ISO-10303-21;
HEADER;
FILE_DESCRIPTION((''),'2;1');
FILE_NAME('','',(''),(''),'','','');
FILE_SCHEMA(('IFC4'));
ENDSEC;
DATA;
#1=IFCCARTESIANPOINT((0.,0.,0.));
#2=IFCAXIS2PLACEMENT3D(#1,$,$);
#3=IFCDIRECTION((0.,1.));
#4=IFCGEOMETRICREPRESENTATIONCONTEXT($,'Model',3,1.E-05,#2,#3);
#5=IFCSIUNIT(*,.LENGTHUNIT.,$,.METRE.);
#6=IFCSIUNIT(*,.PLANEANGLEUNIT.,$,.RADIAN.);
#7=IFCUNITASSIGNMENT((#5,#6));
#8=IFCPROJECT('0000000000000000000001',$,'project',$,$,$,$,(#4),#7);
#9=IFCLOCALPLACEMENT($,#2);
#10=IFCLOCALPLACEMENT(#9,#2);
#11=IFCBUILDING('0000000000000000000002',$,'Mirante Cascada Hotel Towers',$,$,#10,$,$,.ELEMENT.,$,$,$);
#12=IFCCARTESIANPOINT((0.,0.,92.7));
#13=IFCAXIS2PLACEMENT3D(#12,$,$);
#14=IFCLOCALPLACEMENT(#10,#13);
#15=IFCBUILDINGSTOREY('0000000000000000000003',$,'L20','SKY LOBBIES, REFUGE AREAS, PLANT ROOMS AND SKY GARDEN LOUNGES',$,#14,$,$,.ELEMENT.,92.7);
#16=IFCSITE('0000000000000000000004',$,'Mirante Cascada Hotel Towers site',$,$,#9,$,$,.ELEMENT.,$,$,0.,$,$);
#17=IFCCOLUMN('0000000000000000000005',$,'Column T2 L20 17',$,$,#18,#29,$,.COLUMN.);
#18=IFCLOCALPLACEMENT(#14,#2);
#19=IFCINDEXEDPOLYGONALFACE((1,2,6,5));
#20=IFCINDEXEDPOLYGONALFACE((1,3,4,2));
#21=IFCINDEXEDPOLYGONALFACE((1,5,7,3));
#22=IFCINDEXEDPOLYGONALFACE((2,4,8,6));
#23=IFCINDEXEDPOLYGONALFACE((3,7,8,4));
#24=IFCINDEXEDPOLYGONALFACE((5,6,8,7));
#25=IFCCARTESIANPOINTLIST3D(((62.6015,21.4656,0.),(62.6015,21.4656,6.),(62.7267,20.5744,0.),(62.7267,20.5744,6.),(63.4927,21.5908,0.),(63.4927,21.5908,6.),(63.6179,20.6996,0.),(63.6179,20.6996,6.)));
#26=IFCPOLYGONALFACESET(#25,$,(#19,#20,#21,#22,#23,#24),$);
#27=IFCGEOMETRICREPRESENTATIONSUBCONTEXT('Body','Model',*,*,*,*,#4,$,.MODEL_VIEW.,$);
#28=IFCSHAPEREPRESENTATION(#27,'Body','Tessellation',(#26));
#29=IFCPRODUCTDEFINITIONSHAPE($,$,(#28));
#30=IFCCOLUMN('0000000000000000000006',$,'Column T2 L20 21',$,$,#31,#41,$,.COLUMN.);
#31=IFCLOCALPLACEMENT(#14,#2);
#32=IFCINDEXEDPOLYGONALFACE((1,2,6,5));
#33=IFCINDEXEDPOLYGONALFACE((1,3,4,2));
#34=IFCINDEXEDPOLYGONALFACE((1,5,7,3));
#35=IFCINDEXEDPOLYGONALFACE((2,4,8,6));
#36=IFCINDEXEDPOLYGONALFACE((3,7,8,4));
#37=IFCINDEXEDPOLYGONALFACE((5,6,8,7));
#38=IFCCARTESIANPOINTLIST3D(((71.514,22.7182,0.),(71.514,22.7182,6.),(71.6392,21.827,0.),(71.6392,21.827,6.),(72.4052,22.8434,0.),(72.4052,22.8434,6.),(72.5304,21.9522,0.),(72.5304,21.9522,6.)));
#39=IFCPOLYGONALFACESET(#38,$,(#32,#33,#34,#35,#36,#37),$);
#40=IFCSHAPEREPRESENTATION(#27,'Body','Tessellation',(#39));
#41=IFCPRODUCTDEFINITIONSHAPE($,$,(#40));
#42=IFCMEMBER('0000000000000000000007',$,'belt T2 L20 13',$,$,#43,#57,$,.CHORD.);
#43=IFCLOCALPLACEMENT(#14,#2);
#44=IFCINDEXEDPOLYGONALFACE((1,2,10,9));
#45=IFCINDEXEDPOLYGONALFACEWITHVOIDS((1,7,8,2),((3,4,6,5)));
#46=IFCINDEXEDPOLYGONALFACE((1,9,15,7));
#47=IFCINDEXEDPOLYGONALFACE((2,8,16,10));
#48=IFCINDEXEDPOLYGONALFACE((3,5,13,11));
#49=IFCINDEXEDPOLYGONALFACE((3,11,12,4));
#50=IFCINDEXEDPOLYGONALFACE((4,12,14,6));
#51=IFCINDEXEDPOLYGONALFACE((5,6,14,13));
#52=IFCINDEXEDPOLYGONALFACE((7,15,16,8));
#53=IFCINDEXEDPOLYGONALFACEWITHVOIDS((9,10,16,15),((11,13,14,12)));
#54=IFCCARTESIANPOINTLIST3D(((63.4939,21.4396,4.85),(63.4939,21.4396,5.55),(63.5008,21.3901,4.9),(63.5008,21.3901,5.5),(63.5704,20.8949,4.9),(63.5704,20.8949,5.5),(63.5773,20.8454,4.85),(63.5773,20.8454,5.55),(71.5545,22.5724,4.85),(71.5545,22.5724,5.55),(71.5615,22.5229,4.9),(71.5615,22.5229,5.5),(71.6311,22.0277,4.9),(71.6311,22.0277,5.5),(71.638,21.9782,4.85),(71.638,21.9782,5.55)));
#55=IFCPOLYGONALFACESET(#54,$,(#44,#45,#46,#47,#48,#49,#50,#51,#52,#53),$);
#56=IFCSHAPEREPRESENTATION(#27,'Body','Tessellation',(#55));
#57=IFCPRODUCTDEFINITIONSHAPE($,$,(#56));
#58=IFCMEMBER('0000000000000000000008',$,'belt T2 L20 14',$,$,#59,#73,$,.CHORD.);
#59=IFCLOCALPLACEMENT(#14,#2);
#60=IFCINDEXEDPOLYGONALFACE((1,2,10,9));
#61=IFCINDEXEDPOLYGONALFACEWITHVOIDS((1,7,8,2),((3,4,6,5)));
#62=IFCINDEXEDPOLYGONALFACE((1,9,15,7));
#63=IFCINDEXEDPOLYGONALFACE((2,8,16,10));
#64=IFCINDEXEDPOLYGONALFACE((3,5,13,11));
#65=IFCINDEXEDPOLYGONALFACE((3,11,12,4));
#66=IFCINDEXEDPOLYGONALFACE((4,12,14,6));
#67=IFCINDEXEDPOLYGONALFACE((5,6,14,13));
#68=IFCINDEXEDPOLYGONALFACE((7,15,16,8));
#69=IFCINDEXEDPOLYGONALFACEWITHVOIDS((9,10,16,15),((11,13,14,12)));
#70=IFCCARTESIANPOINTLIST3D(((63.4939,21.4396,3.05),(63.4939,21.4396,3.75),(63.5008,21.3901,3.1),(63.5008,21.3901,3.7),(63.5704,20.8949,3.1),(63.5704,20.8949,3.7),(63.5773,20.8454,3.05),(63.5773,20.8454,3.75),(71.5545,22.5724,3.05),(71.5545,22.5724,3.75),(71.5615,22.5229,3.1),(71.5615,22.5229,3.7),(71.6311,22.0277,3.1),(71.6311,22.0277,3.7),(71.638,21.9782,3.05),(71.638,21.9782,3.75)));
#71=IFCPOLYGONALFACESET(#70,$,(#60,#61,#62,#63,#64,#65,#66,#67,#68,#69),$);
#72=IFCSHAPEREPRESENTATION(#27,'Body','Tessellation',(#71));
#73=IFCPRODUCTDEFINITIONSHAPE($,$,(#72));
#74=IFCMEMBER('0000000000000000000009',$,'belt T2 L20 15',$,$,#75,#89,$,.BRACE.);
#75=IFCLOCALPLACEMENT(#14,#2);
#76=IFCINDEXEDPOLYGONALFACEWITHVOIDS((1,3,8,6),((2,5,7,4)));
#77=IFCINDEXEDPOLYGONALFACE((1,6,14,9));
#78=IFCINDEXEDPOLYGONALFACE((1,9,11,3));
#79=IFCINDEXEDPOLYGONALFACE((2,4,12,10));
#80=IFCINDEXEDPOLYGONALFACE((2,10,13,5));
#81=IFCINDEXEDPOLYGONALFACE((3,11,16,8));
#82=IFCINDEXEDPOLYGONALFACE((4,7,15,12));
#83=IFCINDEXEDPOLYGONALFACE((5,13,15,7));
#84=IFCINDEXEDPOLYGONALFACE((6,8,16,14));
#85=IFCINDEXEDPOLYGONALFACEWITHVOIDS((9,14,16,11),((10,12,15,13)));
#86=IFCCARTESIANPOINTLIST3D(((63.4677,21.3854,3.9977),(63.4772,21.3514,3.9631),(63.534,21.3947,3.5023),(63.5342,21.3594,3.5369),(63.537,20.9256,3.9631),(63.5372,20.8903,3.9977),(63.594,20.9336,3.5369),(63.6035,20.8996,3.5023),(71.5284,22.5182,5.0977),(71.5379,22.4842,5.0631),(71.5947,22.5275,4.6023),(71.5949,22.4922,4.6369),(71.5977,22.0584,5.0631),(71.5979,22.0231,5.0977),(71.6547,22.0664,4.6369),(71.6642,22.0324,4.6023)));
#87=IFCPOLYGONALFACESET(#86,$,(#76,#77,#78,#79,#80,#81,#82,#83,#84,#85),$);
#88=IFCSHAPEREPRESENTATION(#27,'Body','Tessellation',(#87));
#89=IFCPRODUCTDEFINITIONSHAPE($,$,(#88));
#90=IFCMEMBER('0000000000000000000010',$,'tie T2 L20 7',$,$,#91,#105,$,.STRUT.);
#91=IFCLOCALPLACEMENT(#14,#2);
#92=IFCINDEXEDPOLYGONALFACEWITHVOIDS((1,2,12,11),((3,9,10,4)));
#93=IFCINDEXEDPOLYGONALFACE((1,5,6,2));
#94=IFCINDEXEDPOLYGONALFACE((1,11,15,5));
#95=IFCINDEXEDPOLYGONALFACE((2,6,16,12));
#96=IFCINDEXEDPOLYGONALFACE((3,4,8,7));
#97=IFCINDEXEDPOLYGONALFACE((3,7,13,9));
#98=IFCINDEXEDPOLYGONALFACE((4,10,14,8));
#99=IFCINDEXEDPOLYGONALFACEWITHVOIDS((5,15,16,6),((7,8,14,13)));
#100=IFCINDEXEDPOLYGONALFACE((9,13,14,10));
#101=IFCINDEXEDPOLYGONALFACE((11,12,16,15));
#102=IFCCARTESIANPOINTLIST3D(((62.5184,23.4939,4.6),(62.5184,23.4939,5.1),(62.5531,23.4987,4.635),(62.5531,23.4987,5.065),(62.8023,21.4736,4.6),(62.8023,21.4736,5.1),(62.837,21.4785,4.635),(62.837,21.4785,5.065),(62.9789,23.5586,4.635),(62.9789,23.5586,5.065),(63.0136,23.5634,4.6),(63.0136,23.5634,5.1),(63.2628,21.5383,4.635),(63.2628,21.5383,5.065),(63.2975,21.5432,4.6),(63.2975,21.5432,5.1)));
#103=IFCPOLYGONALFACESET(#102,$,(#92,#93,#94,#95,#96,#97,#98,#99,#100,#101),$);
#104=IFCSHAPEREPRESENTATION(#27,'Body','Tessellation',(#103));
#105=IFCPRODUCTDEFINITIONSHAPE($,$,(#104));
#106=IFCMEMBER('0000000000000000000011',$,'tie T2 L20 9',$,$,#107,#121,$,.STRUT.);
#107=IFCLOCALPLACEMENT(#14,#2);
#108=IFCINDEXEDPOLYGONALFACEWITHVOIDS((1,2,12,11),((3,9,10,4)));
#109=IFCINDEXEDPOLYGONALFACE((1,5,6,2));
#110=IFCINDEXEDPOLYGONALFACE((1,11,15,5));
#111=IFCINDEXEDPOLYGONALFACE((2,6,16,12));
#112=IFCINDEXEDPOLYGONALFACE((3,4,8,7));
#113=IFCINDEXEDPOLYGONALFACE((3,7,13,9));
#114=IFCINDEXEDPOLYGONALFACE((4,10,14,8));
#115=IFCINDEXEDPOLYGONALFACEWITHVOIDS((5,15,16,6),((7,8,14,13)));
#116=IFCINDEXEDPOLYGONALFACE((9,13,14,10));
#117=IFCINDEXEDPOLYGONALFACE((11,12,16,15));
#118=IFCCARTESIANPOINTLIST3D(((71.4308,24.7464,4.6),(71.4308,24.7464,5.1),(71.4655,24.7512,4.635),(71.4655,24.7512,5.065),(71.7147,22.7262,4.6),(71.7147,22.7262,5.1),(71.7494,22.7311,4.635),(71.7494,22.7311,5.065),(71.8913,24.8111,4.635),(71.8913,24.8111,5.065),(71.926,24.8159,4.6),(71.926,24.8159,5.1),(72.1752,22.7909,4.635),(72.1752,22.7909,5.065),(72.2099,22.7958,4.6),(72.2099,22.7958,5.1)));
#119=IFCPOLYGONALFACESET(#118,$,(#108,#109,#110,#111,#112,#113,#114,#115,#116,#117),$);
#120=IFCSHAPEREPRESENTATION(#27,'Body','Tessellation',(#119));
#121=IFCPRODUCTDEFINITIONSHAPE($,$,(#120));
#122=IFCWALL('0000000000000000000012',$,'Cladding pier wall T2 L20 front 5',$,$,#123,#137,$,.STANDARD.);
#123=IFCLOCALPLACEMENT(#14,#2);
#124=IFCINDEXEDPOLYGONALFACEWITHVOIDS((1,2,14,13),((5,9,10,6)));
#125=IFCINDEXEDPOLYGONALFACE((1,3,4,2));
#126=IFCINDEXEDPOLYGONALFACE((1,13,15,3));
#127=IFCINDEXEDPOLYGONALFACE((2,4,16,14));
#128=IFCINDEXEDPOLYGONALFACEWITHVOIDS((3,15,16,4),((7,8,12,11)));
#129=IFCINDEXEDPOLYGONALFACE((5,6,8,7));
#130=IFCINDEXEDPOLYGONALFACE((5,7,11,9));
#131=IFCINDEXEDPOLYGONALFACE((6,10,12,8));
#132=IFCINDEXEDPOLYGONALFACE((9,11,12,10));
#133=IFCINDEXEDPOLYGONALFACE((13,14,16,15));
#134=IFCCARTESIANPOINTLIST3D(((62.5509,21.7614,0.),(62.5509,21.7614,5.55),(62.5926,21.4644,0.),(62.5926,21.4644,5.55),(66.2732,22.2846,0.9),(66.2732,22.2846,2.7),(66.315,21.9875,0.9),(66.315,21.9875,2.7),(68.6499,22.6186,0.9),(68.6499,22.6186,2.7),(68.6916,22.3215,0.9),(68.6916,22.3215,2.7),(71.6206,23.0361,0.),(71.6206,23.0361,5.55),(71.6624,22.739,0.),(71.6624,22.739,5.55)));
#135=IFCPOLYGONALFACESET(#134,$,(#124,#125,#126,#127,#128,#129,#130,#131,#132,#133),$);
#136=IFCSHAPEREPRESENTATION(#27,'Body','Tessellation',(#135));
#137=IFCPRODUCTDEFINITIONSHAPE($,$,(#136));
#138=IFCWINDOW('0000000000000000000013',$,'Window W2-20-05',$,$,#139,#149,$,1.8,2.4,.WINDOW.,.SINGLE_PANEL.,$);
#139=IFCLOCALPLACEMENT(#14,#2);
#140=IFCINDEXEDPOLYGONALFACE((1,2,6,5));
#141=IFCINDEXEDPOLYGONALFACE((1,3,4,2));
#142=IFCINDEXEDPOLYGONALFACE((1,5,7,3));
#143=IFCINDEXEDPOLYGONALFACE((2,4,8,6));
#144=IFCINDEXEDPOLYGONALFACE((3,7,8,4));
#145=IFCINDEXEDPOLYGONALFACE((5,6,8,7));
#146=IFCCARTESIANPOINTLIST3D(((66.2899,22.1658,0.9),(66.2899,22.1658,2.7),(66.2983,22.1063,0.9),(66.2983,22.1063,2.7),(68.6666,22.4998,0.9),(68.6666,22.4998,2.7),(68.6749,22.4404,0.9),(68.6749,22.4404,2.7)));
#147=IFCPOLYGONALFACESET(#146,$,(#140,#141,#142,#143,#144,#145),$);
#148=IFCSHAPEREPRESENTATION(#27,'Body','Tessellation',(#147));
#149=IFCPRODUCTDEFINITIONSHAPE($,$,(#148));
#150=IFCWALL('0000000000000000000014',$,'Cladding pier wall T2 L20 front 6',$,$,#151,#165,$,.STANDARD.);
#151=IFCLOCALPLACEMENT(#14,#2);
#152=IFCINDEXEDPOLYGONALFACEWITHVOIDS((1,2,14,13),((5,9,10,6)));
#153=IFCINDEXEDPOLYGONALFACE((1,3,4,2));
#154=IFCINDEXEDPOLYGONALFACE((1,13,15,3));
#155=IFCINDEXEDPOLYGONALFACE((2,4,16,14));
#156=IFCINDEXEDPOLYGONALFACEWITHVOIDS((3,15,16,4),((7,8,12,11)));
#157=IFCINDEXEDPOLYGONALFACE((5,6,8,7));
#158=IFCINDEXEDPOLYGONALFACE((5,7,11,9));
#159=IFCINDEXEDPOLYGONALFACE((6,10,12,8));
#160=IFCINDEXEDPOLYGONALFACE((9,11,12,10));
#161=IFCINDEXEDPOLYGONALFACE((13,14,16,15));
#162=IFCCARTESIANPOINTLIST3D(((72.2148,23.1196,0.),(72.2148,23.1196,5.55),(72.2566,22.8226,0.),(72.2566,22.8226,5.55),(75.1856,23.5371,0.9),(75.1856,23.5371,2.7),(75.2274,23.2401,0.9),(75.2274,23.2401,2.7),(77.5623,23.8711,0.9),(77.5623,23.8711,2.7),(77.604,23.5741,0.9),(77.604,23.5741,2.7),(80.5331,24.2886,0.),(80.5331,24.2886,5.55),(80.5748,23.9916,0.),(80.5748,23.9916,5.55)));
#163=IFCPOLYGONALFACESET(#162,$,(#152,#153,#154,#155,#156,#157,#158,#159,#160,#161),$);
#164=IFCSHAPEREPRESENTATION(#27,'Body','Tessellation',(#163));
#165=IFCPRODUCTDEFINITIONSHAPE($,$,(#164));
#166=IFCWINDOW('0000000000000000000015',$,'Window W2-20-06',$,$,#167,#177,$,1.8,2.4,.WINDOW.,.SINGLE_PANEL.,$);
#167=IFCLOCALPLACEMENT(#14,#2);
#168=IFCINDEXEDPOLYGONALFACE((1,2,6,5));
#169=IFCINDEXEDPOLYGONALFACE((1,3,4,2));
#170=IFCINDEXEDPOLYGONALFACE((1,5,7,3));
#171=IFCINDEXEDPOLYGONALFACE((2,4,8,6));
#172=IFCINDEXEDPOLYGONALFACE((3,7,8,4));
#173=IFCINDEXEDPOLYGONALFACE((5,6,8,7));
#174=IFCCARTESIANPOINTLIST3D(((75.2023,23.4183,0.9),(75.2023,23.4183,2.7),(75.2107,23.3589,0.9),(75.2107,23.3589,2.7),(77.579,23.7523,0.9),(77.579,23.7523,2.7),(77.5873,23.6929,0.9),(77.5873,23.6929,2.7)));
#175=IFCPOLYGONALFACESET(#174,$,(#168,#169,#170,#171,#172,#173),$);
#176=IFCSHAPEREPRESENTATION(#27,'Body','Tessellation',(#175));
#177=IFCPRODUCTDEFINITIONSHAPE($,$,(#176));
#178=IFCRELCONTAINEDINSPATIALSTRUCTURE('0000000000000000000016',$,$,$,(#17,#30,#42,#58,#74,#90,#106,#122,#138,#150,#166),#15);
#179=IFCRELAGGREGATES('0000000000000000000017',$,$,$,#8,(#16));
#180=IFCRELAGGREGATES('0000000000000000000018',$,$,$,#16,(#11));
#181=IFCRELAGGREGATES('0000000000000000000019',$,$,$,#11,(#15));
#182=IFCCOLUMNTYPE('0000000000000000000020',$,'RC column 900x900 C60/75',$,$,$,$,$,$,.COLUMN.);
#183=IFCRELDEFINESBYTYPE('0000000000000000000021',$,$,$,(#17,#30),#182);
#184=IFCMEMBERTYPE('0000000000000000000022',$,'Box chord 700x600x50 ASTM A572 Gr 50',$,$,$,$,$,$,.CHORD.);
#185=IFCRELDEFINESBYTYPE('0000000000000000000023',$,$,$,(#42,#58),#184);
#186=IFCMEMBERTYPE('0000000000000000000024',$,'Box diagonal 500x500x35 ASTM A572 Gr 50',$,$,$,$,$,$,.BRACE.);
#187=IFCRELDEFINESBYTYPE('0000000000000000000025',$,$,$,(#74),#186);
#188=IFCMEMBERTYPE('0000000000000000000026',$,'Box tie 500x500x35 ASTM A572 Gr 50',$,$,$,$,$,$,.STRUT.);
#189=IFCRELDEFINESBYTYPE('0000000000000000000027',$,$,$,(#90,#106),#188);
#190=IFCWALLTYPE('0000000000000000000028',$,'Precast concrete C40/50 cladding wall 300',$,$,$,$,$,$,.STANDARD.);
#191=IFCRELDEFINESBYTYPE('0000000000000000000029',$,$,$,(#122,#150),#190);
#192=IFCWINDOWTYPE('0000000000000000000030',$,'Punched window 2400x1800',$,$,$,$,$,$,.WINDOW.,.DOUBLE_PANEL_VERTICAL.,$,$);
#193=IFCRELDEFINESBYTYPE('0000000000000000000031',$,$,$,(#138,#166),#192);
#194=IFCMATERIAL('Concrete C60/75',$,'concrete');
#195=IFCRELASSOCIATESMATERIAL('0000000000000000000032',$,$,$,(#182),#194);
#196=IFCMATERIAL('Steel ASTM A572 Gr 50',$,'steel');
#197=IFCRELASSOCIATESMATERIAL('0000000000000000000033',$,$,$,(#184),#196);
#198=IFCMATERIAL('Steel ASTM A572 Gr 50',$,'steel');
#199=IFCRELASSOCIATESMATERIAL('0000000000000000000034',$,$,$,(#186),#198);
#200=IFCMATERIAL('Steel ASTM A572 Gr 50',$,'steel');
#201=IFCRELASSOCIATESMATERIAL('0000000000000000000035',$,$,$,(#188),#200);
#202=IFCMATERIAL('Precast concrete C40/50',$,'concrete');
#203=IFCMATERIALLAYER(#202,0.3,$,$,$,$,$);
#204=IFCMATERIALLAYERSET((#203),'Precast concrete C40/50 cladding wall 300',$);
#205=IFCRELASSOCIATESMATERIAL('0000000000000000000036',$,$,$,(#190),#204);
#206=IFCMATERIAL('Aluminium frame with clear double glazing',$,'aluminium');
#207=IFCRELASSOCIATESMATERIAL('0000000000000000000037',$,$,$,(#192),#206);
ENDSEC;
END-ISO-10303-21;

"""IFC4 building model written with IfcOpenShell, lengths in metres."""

from ifc_helpers import new_model, si_unit, direction, frame, frame_2d, origin, origin_2d, place, context, subcontext, project, spatial, rectangle, hollow_rectangle, extrude, material, layer, layer_set, material_profile, profile_set, type_object, element, fill, save


model = new_model("IFC4")

# Units and contexts
model_context = context("Model", 3, precision=1e-05, world=origin(), true_north=direction((0.0, 1.0)))
body_context = subcontext(model_context, "Body", "Model", "MODEL_VIEW")
ifc_project = project(units=[si_unit("LENGTHUNIT", "METRE"), si_unit("PLANEANGLEUNIT", "RADIAN")], contexts=[model_context])

# Site, building, storey
site_placement = place(None, origin())
site = spatial("IfcSite", under=ifc_project, at=site_placement, Name="Mirante Cascada Hotel Towers site", CompositionType="ELEMENT", RefElevation=0.0)
building_placement = place(site_placement, origin())
building = spatial("IfcBuilding", under=site, at=building_placement, Name="Mirante Cascada Hotel Towers", CompositionType="ELEMENT")
storey_placement = place(building_placement, frame((0.0, 0.0, 92.7)))
storey = spatial("IfcBuildingStorey", under=building, at=storey_placement, Name="L20", Description="SKY LOBBIES, REFUGE AREAS, PLANT ROOMS AND SKY GARDEN LOUNGES", CompositionType="ELEMENT", Elevation=92.7)

# Columns
ifc_material_1 = material(Name="Concrete C60/75", Category="concrete")
ifc_material_profile_1 = material_profile(ifc_material_1, rectangle(XDim=0.9, YDim=0.9, at=origin_2d()), Name="RC column 900x900 C60/75")
ifc_profile_set_1 = profile_set([ifc_material_profile_1], Name="Concrete C60/75")
column_type = type_object("IfcColumnType", Name="RC column 900x900 C60/75", PredefinedType="COLUMN", material=ifc_profile_set_1)
for number, where, z_axis, x_axis, name in (
    (1, (63.1097, 21.0826, 0.0), (0.0, 0.0, 1.0), (0.990268, 0.139173, 0.0), "Column T2 L20 17"),
    (2, (72.0222, 22.3352, 0.0), (0.0, 0.0, 1.0), (0.990268, 0.139173, 0.0), "Column T2 L20 21"),
):
    element("IfcColumn", number, at=place(storey_placement, frame(where, z_axis=z_axis, x_axis=x_axis)), inside=storey, type_object=column_type, Name=name, PredefinedType="COLUMN", context=body_context, shape_type="SweptSolid", body=[
        extrude(rectangle(XDim=0.9, YDim=0.9, at=origin_2d()), origin(), (0.0, 0.0, 1.0), 6.0),
    ])

# Members
ifc_material_2 = material(Name="Steel ASTM A572 Gr 50", Category="steel")
ifc_material_profile_2 = material_profile(ifc_material_2, hollow_rectangle(XDim=0.6, YDim=0.7, WallThickness=0.05, at=origin_2d()), Name="Box chord 700x600x50 ASTM A572 Gr 50")
ifc_profile_set_2 = profile_set([ifc_material_profile_2], Name="Steel ASTM A572 Gr 50")
member_type_1 = type_object("IfcMemberType", Name="Box chord 700x600x50 ASTM A572 Gr 50", PredefinedType="CHORD", material=ifc_profile_set_2)
for number, where, z_axis, x_axis, name in (
    (3, (63.5356, 21.1425, 5.2), (0.990269, 0.139166, 0.0), (-0.139166, 0.990269, 0.0), "belt T2 L20 13"),
    (4, (63.5356, 21.1425, 3.4), (0.990269, 0.139166, 0.0), (-0.139166, 0.990269, 0.0), "belt T2 L20 14"),
):
    element("IfcMember", number, at=place(storey_placement, frame(where, z_axis=z_axis, x_axis=x_axis)), inside=storey, type_object=member_type_1, Name=name, PredefinedType="CHORD", context=body_context, shape_type="SweptSolid", body=[
        extrude(hollow_rectangle(XDim=0.6, YDim=0.7, WallThickness=0.05, at=origin_2d()), origin(), (0.0, 0.0, 1.0), 8.1399),
    ])
ifc_material_3 = material(Name="Steel ASTM A572 Gr 50", Category="steel")
ifc_material_profile_3 = material_profile(ifc_material_3, hollow_rectangle(XDim=0.5, YDim=0.5, WallThickness=0.035, at=origin_2d()), Name="Box diagonal 500x500x35 ASTM A572 Gr 50")
ifc_profile_set_3 = profile_set([ifc_material_profile_3], Name="Steel ASTM A572 Gr 50")
member_type_2 = type_object("IfcMemberType", Name="Box diagonal 500x500x35 ASTM A572 Gr 50", PredefinedType="BRACE", material=ifc_profile_set_3)
member_1_placement = place(storey_placement, frame((63.5356, 21.1425, 3.75), z_axis=(0.981349, 0.137913, 0.133919), x_axis=(-0.139166, 0.990269, 0.0)))
element("IfcMember", 5, at=member_1_placement, inside=storey, type_object=member_type_2, Name="belt T2 L20 15", PredefinedType="BRACE", context=body_context, shape_type="SweptSolid", body=[
    extrude(hollow_rectangle(XDim=0.5, YDim=0.5, WallThickness=0.035, at=origin_2d()), origin(), (0.0, 0.0, 1.0), 8.2139),
])
ifc_material_4 = material(Name="Steel ASTM A572 Gr 50", Category="steel")
ifc_material_profile_4 = material_profile(ifc_material_4, hollow_rectangle(XDim=0.5, YDim=0.5, WallThickness=0.035, at=origin_2d()), Name="Box tie 500x500x35 ASTM A572 Gr 50")
ifc_profile_set_4 = profile_set([ifc_material_profile_4], Name="Steel ASTM A572 Gr 50")
member_type_3 = type_object("IfcMemberType", Name="Box tie 500x500x35 ASTM A572 Gr 50", PredefinedType="STRUT", material=ifc_profile_set_4)
member_2_placement = place(storey_placement, frame((63.0499, 21.5084, 4.85), z_axis=(-0.139163, 0.99027, 0.0), x_axis=(-0.99027, -0.139163, 0.0)))
element("IfcMember", 6, at=member_2_placement, inside=storey, type_object=member_type_3, Name="tie T2 L20 7", PredefinedType="STRUT", context=body_context, shape_type="SweptSolid", body=[
    extrude(hollow_rectangle(XDim=0.5, YDim=0.5, WallThickness=0.035, at=origin_2d()), origin(), (0.0, 0.0, 1.0), 2.0401),
])
member_3_placement = place(storey_placement, frame((71.9623, 22.761, 4.85), z_axis=(-0.13917, 0.990268, 0.0), x_axis=(-0.990268, -0.13917, 0.0)))
element("IfcMember", 7, at=member_3_placement, inside=storey, type_object=member_type_3, Name="tie T2 L20 9", PredefinedType="STRUT", context=body_context, shape_type="SweptSolid", body=[
    extrude(hollow_rectangle(XDim=0.5, YDim=0.5, WallThickness=0.035, at=origin_2d()), origin(), (0.0, 0.0, 1.0), 2.04),
])

# Walls, openings, windows
ifc_material_5 = material(Name="Precast concrete C40/50", Category="concrete")
ifc_layer = layer(ifc_material_5, 0.3)
ifc_layer_set = layer_set([ifc_layer], Name="Precast concrete C40/50 cladding wall 300")
wall_type = type_object("IfcWallType", Name="Precast concrete C40/50 cladding wall 300", PredefinedType="STANDARD", material=ifc_layer_set)
wall_1_placement = place(storey_placement, frame((62.5718, 21.6129, 0.0), z_axis=(0.0, 0.0, 1.0), x_axis=(0.990268, 0.139176, 0.0)))
wall_1 = element("IfcWall", 8, at=wall_1_placement, inside=storey, type_object=wall_type, Name="Cladding pier wall T2 L20 front 5", PredefinedType="STANDARD", context=body_context, shape_type="SweptSolid", body=[
    extrude(rectangle(XDim=9.1589, YDim=0.3, at=frame_2d((4.5794, 0.0))), origin(), (0.0, 0.0, 1.0), 5.55),
])
opening_1_placement = place(wall_1_placement, frame((3.7589, 0.0, 0.9)))
opening_1 = element("IfcOpeningElement", 9, at=opening_1_placement, cuts=wall_1, PredefinedType="OPENING", context=body_context, shape_type="SweptSolid", body=[
    extrude(rectangle(XDim=2.4, YDim=1.8, at=frame_2d((1.2, 0.9))), frame((0.0, 0.15, 0.0), z_axis=(0.0, -1.0, 0.0), x_axis=(1.0, 0.0, 0.0)), (0.0, 0.0, 1.0), 0.3),
])
ifc_material_6 = material(Name="Aluminium frame with clear double glazing", Category="aluminium")
window_type = type_object("IfcWindowType", Name="Punched window 2400x1800", PartitioningType="DOUBLE_PANEL_VERTICAL", PredefinedType="WINDOW", material=ifc_material_6)
window_1_placement = place(opening_1_placement, origin())
window_1 = element("IfcWindow", 10, at=window_1_placement, inside=storey, type_object=window_type, Name="Window W2-20-05", OverallHeight=1.8, OverallWidth=2.4, PartitioningType="SINGLE_PANEL", PredefinedType="WINDOW", context=body_context, shape_type="SweptSolid", body=[
    extrude(rectangle(XDim=2.4, YDim=1.8, at=frame_2d((1.2, 0.9))), frame((0.0, 0.03, 0.0), z_axis=(0.0, -1.0, 0.0), x_axis=(1.0, 0.0, 0.0)), (0.0, 0.0, 1.0), 0.06),
])
fill(opening_1, window_1)
wall_2_placement = place(storey_placement, frame((72.2357, 22.9711, 0.0), z_axis=(0.0, 0.0, 1.0), x_axis=(0.990269, 0.139166, 0.0)))
wall_2 = element("IfcWall", 11, at=wall_2_placement, inside=storey, type_object=wall_type, Name="Cladding pier wall T2 L20 front 6", PredefinedType="STANDARD", context=body_context, shape_type="SweptSolid", body=[
    extrude(rectangle(XDim=8.4, YDim=0.3, at=frame_2d((4.2, 0.0))), origin(), (0.0, 0.0, 1.0), 5.55),
])
opening_2_placement = place(wall_2_placement, frame((3.0, 0.0, 0.9)))
opening_2 = element("IfcOpeningElement", 12, at=opening_2_placement, cuts=wall_2, PredefinedType="OPENING", context=body_context, shape_type="SweptSolid", body=[
    extrude(rectangle(XDim=2.4, YDim=1.8, at=frame_2d((1.2, 0.9))), frame((0.0, 0.15, 0.0), z_axis=(0.0, -1.0, 0.0), x_axis=(1.0, 0.0, 0.0)), (0.0, 0.0, 1.0), 0.3),
])
window_2_placement = place(opening_2_placement, origin())
window_2 = element("IfcWindow", 13, at=window_2_placement, inside=storey, type_object=window_type, Name="Window W2-20-06", OverallHeight=1.8, OverallWidth=2.4, PartitioningType="SINGLE_PANEL", PredefinedType="WINDOW", context=body_context, shape_type="SweptSolid", body=[
    extrude(rectangle(XDim=2.4, YDim=1.8, at=frame_2d((1.2, 0.9))), frame((0.0, 0.03, 0.0), z_axis=(0.0, -1.0, 0.0), x_axis=(1.0, 0.0, 0.0)), (0.0, 0.0, 1.0), 0.06),
])
fill(opening_2, window_2)

save(model, "model.ifc")
